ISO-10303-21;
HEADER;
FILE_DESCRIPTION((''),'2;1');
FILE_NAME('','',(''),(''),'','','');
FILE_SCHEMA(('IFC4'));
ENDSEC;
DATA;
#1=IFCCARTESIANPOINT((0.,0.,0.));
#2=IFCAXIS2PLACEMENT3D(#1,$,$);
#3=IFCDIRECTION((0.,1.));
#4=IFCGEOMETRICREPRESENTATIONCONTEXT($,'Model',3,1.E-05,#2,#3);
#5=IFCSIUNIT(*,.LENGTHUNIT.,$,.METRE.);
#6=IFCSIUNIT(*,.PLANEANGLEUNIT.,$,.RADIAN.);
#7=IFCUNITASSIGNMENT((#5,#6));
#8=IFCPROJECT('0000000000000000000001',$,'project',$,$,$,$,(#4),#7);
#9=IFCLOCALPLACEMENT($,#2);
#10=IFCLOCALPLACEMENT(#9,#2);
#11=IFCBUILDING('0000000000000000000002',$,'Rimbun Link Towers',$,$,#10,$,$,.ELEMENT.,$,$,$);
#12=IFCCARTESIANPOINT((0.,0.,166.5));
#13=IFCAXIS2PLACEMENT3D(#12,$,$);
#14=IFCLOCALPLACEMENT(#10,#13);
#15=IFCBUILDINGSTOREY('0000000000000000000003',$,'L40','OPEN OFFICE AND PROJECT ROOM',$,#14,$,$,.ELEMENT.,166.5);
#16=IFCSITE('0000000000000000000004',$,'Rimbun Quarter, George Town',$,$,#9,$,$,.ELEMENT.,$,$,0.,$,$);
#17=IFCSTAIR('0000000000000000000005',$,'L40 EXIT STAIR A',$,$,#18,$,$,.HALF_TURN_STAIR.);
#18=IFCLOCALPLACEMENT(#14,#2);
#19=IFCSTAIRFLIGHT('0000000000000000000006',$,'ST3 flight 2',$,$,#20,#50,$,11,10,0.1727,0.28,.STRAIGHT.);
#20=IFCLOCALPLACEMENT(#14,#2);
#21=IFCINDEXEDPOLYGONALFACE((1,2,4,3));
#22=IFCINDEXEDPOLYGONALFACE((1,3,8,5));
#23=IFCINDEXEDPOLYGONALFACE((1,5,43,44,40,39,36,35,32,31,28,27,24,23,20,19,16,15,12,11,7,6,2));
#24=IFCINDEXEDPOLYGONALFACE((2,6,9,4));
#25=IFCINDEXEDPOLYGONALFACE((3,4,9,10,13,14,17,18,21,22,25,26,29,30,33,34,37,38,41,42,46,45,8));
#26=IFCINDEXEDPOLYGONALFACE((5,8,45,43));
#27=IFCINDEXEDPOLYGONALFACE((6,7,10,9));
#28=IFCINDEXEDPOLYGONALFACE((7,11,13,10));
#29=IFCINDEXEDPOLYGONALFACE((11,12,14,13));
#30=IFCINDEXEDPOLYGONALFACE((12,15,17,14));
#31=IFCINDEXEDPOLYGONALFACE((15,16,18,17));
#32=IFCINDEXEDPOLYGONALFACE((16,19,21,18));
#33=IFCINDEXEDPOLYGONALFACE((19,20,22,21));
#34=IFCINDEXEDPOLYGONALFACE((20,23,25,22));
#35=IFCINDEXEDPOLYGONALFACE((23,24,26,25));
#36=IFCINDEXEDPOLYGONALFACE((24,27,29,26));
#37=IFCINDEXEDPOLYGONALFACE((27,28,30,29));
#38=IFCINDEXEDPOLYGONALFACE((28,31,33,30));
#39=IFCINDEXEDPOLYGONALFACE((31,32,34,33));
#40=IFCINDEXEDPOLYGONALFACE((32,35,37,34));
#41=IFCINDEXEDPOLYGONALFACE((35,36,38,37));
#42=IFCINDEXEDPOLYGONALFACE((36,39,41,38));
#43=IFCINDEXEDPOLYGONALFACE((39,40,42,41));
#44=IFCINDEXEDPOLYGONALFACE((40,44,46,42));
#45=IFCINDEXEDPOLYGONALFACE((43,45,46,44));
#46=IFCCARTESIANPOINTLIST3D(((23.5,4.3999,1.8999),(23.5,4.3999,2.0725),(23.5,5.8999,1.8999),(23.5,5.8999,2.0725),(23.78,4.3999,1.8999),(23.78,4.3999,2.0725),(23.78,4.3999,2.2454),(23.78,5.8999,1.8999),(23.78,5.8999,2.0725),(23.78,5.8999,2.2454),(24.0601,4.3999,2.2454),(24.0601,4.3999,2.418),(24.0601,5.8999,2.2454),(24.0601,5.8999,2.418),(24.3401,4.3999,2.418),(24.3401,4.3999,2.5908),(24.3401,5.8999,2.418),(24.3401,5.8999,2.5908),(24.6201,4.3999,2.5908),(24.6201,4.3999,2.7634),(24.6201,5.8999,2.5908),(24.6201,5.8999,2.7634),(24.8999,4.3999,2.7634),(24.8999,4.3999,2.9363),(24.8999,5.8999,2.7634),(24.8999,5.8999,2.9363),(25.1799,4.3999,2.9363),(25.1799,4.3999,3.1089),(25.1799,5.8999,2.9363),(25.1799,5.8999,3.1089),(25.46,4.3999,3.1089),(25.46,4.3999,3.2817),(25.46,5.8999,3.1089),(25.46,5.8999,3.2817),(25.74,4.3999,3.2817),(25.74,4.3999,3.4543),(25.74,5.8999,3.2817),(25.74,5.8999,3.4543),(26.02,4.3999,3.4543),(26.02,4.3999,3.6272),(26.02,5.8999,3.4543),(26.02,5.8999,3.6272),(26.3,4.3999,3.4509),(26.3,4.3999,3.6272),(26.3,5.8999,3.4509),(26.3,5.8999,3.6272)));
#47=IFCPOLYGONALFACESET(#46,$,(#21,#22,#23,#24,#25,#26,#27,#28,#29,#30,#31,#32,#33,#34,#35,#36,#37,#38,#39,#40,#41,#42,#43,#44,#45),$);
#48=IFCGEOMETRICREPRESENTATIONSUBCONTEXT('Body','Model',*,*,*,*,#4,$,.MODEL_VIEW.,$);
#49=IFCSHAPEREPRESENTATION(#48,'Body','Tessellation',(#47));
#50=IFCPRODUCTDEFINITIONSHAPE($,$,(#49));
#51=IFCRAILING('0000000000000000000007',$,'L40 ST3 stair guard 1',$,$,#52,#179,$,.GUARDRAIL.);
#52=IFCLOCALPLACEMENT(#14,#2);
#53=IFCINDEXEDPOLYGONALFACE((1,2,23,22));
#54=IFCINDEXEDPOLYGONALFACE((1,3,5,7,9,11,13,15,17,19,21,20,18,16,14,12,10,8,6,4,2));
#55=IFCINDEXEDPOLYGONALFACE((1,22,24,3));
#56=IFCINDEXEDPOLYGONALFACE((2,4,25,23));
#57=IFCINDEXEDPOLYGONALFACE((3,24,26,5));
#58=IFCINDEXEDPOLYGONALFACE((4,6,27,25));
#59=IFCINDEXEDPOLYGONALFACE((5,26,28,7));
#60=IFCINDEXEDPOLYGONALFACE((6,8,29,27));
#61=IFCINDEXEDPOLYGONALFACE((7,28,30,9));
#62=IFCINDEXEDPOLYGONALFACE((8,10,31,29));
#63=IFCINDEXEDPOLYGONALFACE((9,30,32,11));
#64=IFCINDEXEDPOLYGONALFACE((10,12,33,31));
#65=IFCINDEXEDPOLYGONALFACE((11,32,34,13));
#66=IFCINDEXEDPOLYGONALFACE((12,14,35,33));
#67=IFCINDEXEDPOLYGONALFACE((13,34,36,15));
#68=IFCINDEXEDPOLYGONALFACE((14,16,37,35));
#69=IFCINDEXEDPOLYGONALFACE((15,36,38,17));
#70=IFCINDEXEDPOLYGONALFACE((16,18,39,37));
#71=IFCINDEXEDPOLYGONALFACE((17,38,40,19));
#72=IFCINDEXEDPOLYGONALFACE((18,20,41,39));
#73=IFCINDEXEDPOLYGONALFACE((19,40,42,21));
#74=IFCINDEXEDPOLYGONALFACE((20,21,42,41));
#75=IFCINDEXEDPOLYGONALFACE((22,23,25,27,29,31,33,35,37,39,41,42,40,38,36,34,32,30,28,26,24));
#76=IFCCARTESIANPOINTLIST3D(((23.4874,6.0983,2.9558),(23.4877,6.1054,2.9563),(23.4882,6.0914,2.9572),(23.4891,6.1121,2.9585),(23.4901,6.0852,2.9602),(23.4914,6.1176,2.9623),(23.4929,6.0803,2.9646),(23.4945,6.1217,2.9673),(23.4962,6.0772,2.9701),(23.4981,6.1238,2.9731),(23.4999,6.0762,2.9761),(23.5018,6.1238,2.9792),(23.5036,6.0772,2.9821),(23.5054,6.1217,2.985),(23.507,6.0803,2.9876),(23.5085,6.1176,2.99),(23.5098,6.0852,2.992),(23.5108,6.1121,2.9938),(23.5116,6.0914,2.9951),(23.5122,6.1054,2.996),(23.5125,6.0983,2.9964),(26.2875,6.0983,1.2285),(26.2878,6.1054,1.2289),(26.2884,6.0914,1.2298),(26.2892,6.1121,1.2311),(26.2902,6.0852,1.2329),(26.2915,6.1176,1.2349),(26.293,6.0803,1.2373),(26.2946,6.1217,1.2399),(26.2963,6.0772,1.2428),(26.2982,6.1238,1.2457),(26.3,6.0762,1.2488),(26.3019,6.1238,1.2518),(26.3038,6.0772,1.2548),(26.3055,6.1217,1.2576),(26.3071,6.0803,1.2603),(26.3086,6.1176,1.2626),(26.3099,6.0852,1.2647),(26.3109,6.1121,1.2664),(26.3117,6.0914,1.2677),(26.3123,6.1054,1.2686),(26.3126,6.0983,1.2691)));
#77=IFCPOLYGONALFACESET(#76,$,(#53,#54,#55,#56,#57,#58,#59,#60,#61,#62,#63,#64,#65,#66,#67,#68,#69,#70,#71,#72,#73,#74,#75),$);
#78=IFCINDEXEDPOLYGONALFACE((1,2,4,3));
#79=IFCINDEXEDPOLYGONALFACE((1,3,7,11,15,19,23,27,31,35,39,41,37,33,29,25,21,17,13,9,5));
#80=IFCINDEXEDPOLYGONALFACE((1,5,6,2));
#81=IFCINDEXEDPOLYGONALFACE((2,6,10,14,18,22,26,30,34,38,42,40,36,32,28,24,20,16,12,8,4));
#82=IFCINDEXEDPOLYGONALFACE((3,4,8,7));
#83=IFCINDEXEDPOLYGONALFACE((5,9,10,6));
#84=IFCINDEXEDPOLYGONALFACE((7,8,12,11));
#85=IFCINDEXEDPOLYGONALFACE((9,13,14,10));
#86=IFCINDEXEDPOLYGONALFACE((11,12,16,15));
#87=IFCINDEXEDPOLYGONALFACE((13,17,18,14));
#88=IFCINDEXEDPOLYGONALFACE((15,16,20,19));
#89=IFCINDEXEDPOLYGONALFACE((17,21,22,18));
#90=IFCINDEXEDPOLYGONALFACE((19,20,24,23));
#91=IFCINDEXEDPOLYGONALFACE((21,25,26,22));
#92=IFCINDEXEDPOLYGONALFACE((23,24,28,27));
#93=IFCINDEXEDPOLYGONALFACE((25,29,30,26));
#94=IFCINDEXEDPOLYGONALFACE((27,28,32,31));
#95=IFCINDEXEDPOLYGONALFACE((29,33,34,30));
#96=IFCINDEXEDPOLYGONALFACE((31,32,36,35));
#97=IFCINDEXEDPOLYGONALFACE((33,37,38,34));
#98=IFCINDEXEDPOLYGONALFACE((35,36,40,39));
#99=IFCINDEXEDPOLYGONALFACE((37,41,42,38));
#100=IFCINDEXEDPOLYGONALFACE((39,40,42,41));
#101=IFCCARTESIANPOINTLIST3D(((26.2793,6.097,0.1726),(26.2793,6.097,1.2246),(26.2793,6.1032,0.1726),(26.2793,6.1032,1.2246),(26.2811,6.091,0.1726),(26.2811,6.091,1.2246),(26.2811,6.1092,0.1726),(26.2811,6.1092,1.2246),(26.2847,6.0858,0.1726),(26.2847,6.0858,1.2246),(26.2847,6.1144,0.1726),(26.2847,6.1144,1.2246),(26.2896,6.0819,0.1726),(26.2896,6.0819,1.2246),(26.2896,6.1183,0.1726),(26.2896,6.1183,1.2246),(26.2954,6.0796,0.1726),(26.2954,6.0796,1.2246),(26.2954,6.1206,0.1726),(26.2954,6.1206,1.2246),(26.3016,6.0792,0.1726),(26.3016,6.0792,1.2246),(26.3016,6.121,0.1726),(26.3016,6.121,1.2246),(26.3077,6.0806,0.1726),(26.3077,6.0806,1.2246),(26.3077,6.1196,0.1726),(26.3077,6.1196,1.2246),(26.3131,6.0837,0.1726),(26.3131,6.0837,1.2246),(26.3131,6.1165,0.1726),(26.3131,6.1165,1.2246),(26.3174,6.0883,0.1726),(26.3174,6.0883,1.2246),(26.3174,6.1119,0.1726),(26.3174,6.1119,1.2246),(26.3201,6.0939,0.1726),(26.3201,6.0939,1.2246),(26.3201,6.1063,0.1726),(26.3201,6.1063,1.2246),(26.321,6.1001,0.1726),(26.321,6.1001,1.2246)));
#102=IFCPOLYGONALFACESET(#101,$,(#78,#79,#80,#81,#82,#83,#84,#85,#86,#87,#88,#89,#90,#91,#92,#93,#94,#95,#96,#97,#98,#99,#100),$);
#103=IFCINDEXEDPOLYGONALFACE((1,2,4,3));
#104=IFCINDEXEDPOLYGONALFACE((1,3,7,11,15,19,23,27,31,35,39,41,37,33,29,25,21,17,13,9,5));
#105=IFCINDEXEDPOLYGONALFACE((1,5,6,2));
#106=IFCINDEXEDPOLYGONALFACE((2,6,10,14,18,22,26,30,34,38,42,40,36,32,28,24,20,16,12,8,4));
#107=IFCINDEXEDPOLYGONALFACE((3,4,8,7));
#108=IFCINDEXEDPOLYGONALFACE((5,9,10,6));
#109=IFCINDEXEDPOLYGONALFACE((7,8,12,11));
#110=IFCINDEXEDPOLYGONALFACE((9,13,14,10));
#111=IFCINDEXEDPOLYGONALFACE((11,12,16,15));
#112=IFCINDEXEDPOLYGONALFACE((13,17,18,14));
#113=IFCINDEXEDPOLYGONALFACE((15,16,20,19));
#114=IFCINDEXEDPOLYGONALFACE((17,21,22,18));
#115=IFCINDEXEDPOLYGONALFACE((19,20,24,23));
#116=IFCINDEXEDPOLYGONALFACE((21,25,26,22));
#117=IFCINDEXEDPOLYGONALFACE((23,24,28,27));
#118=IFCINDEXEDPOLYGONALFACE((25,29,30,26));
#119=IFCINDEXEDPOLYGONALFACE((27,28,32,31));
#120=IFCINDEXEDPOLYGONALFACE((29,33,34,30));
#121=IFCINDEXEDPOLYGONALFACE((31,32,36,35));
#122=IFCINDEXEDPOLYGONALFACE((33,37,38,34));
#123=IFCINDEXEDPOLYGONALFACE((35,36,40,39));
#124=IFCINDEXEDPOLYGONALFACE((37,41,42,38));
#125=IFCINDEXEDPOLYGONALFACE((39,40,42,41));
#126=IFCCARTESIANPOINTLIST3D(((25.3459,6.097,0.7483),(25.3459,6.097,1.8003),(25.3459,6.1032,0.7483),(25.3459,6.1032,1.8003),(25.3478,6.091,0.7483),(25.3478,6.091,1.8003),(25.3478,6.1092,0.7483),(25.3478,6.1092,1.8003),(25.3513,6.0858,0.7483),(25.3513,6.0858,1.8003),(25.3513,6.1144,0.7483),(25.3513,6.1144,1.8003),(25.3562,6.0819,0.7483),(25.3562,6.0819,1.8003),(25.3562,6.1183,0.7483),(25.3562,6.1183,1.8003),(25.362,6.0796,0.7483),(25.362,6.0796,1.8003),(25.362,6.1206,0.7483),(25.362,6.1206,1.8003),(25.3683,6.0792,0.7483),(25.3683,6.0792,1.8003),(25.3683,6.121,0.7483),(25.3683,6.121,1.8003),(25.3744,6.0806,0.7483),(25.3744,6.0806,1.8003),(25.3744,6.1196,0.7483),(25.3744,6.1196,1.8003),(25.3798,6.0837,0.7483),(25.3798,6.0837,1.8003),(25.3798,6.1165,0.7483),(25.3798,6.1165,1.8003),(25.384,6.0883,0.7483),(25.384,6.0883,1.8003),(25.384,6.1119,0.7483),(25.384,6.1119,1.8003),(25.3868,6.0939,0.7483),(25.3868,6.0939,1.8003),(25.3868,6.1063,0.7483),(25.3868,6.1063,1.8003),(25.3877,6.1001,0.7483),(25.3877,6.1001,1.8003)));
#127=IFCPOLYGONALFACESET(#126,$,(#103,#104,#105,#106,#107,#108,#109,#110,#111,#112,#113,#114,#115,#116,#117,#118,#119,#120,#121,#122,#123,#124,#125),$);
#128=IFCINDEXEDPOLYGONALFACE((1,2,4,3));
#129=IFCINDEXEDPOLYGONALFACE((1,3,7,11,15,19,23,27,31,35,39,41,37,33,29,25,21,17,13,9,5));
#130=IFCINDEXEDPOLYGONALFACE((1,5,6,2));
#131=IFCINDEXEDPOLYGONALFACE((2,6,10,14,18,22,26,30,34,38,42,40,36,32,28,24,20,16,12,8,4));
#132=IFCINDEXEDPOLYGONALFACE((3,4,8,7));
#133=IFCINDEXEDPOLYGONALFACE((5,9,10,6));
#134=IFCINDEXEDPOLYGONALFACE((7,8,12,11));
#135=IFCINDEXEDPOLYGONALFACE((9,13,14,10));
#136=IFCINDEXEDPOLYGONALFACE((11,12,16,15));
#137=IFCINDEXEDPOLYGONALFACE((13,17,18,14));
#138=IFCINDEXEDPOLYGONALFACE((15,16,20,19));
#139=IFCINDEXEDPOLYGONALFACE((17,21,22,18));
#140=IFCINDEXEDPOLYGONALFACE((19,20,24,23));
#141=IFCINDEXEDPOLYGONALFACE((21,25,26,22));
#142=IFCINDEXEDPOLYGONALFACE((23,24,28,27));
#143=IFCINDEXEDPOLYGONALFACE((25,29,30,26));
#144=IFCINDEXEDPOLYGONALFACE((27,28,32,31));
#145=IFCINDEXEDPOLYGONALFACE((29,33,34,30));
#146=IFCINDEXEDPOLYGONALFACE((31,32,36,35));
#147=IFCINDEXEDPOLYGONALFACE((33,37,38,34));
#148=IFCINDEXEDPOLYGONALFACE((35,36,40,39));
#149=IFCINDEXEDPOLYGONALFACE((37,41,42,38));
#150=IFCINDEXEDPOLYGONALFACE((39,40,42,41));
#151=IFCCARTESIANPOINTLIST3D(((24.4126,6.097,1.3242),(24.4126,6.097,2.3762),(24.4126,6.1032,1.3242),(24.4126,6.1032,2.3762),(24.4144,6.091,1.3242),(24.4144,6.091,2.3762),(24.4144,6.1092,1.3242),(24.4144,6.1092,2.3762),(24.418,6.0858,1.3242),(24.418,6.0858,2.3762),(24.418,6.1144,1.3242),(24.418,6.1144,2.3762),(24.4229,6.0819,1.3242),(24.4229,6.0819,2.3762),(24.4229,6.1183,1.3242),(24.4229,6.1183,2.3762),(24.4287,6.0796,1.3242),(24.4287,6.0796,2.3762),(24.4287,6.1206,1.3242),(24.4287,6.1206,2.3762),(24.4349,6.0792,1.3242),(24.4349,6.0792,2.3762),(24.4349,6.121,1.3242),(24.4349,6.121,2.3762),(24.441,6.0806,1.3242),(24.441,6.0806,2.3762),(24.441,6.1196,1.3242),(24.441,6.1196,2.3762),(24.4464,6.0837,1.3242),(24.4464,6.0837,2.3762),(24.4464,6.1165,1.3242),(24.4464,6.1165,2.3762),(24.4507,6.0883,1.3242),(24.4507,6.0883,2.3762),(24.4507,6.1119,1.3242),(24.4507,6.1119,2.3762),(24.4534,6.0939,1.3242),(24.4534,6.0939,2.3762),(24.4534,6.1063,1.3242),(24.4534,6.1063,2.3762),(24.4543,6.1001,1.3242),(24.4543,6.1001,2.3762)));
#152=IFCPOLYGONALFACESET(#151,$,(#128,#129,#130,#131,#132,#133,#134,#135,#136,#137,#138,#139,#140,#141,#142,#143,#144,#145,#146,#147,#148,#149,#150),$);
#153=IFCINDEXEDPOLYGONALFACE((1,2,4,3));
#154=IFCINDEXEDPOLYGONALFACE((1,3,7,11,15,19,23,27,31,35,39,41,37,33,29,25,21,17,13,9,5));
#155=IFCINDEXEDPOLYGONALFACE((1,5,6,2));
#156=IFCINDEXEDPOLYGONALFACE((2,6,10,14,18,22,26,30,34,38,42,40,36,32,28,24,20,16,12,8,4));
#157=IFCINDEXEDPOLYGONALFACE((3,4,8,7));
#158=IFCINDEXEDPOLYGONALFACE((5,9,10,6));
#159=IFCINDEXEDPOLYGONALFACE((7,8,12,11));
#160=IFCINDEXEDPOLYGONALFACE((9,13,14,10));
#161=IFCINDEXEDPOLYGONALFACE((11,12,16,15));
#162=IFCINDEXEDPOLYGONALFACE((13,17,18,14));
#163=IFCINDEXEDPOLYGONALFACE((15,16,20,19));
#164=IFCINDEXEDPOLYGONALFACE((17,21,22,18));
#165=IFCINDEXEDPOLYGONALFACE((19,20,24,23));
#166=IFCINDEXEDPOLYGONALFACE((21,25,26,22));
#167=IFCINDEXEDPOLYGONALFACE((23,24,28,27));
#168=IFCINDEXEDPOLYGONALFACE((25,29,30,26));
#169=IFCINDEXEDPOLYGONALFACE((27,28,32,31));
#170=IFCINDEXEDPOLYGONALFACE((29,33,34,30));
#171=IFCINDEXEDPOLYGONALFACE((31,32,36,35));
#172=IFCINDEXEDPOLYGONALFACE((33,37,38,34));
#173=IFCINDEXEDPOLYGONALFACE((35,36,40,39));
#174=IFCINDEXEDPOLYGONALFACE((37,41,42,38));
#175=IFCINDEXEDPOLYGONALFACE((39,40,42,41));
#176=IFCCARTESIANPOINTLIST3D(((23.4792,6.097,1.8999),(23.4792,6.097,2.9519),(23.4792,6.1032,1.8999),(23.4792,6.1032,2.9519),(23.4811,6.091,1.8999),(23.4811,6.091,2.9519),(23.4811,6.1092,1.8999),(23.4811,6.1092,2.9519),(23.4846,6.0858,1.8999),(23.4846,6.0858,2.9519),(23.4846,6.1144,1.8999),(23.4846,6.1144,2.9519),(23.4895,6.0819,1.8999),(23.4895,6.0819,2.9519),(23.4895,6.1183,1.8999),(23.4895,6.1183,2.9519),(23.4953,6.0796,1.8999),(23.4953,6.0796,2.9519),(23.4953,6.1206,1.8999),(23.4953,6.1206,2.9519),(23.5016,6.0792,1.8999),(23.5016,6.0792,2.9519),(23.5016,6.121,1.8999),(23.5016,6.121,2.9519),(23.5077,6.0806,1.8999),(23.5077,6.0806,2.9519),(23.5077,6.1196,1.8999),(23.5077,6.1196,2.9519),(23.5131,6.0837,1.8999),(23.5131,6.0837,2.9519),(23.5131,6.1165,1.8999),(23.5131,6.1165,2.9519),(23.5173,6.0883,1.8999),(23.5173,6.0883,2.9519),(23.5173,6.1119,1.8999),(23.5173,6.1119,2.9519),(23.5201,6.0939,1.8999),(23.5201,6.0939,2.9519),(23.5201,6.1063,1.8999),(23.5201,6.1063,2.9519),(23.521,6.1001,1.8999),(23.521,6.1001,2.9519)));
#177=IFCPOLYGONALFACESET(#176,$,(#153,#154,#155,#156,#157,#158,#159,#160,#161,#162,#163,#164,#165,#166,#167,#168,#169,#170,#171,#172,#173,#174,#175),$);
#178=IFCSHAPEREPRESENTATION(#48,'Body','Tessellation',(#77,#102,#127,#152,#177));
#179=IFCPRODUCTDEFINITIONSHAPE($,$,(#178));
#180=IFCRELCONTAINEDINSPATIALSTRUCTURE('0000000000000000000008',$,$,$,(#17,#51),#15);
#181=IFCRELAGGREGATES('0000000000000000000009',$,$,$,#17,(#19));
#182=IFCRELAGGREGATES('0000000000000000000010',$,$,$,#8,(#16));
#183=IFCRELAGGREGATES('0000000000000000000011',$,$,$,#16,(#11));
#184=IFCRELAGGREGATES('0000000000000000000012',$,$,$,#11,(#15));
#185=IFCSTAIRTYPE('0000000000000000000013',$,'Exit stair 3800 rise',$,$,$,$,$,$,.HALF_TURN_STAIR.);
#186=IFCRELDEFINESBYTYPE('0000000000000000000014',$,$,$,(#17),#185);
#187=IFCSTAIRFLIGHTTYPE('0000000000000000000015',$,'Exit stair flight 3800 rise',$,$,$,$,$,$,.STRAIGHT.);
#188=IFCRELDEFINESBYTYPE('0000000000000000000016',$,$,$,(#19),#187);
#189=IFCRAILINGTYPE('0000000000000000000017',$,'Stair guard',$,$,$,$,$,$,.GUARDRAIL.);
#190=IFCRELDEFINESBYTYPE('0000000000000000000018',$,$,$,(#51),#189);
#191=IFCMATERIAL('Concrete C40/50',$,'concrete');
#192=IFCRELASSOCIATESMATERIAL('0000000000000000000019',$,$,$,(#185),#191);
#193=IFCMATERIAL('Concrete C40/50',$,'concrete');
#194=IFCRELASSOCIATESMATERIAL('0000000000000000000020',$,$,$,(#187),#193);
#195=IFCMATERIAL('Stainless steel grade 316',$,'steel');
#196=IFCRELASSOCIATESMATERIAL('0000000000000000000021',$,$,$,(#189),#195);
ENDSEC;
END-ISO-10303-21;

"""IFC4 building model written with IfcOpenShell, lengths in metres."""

from ifc_helpers import new_model, si_unit, direction, frame, origin, origin_2d, place, context, subcontext, project, spatial, polyline, circle, outline, extrude, material, type_object, element, aggregate, save


model = new_model("IFC4")

# Units and contexts
model_context = context("Model", 3, precision=1e-05, world=origin(), true_north=direction((0.0, 1.0)))
body_context = subcontext(model_context, "Body", "Model", "MODEL_VIEW")
ifc_project = project(units=[si_unit("LENGTHUNIT", "METRE"), si_unit("PLANEANGLEUNIT", "RADIAN")], contexts=[model_context])

# Site, building, storey
site_placement = place(None, origin())
site = spatial("IfcSite", under=ifc_project, at=site_placement, Name="Rimbun Quarter, George Town", CompositionType="ELEMENT", RefElevation=0.0)
building_placement = place(site_placement, origin())
building = spatial("IfcBuilding", under=site, at=building_placement, Name="Rimbun Link Towers", CompositionType="ELEMENT")
storey_placement = place(building_placement, frame((0.0, 0.0, 166.5)))
storey = spatial("IfcBuildingStorey", under=building, at=storey_placement, Name="L40", Description="OPEN OFFICE AND PROJECT ROOM", CompositionType="ELEMENT", Elevation=166.5)

# Stair, stair flight
ifc_material_1 = material(Name="Concrete C40/50", Category="concrete")
stair_type = type_object("IfcStairType", Name="Exit stair 3800 rise", PredefinedType="HALF_TURN_STAIR", material=ifc_material_1)
stair_placement = place(storey_placement, origin())
stair = element("IfcStair", 1, at=stair_placement, inside=storey, type_object=stair_type, Name="L40 EXIT STAIR A", PredefinedType="HALF_TURN_STAIR")
ifc_material_2 = material(Name="Concrete C40/50", Category="concrete")
stair_flight_type = type_object("IfcStairFlightType", Name="Exit stair flight 3800 rise", PredefinedType="STRAIGHT", material=ifc_material_2)
stair_flight_1_placement = place(storey_placement, frame((23.5, 5.1499, 1.8999), z_axis=(0.0, 0.0, 1.0), x_axis=(1.0, 0.0, 0.0)))
stair_flight_1 = element("IfcStairFlight", 2, at=stair_flight_1_placement, type_object=stair_flight_type, Name="ST3 flight 2", NumberOfRisers=11, NumberOfTreads=10, PredefinedType="STRAIGHT", RiserHeight=0.1727, TreadLength=0.28, context=body_context, shape_type="SweptSolid", body=[
    extrude(outline(polyline([(0.0, 0.0), (0.0, 0.1726), (0.28, 0.1726), (0.28, 0.3455), (0.5601, 0.3455), (0.5601, 0.5181), (0.8401, 0.5181), (0.8401, 0.6909), (1.1201, 0.6909), (1.1201, 0.8635), (1.3999, 0.8635), (1.3999, 1.0364), (1.6799, 1.0364), (1.6799, 1.209), (1.96, 1.209), (1.96, 1.3818), (2.24, 1.3818), (2.24, 1.5544), (2.52, 1.5544), (2.52, 1.7273), (2.8, 1.7273), (2.8, 1.8999), (2.8, 1.551), (0.28, 0.0), (0.0, 0.0)])), frame((0.0, 0.75, 0.0), z_axis=(0.0, -1.0, 0.0), x_axis=(1.0, 0.0, 0.0)), (0.0, 0.0, 1.0), 1.5),
])
aggregate(stair, [stair_flight_1])

# Railing
ifc_material_3 = material(Name="Stainless steel grade 316", Category="steel")
railing_type_1 = type_object("IfcRailingType", Name="Stair guard", PredefinedType="GUARDRAIL", material=ifc_material_3)
railing_1_placement = place(storey_placement, frame((26.3, 6.1001, 0.1726)))
element("IfcRailing", 3, at=railing_1_placement, inside=storey, type_object=railing_type_1, Name="L40 ST3 stair guard 1", PredefinedType="GUARDRAIL", context=body_context, shape_type="SweptSolid", body=[
    extrude(circle(Radius=0.0239, at=origin_2d()), frame((0.0, 0.0, 1.0762), z_axis=(-0.85109, 0.0, 0.52502), x_axis=(0.0, -1.0, 0.0)), (0.0, 0.0, 1.0), 3.29),
    extrude(circle(Radius=0.021, at=origin_2d()), origin(), (0.0, 0.0, 1.0), 1.052),
    extrude(circle(Radius=0.021, at=origin_2d()), frame((-0.9333, 0.0, 0.5757)), (0.0, 0.0, 1.0), 1.052),
    extrude(circle(Radius=0.021, at=origin_2d()), frame((-1.8667, 0.0, 1.1516)), (0.0, 0.0, 1.0), 1.052),
    extrude(circle(Radius=0.021, at=origin_2d()), frame((-2.8, 0.0, 1.7273)), (0.0, 0.0, 1.0), 1.052),
])

save(model, "model.ifc")
